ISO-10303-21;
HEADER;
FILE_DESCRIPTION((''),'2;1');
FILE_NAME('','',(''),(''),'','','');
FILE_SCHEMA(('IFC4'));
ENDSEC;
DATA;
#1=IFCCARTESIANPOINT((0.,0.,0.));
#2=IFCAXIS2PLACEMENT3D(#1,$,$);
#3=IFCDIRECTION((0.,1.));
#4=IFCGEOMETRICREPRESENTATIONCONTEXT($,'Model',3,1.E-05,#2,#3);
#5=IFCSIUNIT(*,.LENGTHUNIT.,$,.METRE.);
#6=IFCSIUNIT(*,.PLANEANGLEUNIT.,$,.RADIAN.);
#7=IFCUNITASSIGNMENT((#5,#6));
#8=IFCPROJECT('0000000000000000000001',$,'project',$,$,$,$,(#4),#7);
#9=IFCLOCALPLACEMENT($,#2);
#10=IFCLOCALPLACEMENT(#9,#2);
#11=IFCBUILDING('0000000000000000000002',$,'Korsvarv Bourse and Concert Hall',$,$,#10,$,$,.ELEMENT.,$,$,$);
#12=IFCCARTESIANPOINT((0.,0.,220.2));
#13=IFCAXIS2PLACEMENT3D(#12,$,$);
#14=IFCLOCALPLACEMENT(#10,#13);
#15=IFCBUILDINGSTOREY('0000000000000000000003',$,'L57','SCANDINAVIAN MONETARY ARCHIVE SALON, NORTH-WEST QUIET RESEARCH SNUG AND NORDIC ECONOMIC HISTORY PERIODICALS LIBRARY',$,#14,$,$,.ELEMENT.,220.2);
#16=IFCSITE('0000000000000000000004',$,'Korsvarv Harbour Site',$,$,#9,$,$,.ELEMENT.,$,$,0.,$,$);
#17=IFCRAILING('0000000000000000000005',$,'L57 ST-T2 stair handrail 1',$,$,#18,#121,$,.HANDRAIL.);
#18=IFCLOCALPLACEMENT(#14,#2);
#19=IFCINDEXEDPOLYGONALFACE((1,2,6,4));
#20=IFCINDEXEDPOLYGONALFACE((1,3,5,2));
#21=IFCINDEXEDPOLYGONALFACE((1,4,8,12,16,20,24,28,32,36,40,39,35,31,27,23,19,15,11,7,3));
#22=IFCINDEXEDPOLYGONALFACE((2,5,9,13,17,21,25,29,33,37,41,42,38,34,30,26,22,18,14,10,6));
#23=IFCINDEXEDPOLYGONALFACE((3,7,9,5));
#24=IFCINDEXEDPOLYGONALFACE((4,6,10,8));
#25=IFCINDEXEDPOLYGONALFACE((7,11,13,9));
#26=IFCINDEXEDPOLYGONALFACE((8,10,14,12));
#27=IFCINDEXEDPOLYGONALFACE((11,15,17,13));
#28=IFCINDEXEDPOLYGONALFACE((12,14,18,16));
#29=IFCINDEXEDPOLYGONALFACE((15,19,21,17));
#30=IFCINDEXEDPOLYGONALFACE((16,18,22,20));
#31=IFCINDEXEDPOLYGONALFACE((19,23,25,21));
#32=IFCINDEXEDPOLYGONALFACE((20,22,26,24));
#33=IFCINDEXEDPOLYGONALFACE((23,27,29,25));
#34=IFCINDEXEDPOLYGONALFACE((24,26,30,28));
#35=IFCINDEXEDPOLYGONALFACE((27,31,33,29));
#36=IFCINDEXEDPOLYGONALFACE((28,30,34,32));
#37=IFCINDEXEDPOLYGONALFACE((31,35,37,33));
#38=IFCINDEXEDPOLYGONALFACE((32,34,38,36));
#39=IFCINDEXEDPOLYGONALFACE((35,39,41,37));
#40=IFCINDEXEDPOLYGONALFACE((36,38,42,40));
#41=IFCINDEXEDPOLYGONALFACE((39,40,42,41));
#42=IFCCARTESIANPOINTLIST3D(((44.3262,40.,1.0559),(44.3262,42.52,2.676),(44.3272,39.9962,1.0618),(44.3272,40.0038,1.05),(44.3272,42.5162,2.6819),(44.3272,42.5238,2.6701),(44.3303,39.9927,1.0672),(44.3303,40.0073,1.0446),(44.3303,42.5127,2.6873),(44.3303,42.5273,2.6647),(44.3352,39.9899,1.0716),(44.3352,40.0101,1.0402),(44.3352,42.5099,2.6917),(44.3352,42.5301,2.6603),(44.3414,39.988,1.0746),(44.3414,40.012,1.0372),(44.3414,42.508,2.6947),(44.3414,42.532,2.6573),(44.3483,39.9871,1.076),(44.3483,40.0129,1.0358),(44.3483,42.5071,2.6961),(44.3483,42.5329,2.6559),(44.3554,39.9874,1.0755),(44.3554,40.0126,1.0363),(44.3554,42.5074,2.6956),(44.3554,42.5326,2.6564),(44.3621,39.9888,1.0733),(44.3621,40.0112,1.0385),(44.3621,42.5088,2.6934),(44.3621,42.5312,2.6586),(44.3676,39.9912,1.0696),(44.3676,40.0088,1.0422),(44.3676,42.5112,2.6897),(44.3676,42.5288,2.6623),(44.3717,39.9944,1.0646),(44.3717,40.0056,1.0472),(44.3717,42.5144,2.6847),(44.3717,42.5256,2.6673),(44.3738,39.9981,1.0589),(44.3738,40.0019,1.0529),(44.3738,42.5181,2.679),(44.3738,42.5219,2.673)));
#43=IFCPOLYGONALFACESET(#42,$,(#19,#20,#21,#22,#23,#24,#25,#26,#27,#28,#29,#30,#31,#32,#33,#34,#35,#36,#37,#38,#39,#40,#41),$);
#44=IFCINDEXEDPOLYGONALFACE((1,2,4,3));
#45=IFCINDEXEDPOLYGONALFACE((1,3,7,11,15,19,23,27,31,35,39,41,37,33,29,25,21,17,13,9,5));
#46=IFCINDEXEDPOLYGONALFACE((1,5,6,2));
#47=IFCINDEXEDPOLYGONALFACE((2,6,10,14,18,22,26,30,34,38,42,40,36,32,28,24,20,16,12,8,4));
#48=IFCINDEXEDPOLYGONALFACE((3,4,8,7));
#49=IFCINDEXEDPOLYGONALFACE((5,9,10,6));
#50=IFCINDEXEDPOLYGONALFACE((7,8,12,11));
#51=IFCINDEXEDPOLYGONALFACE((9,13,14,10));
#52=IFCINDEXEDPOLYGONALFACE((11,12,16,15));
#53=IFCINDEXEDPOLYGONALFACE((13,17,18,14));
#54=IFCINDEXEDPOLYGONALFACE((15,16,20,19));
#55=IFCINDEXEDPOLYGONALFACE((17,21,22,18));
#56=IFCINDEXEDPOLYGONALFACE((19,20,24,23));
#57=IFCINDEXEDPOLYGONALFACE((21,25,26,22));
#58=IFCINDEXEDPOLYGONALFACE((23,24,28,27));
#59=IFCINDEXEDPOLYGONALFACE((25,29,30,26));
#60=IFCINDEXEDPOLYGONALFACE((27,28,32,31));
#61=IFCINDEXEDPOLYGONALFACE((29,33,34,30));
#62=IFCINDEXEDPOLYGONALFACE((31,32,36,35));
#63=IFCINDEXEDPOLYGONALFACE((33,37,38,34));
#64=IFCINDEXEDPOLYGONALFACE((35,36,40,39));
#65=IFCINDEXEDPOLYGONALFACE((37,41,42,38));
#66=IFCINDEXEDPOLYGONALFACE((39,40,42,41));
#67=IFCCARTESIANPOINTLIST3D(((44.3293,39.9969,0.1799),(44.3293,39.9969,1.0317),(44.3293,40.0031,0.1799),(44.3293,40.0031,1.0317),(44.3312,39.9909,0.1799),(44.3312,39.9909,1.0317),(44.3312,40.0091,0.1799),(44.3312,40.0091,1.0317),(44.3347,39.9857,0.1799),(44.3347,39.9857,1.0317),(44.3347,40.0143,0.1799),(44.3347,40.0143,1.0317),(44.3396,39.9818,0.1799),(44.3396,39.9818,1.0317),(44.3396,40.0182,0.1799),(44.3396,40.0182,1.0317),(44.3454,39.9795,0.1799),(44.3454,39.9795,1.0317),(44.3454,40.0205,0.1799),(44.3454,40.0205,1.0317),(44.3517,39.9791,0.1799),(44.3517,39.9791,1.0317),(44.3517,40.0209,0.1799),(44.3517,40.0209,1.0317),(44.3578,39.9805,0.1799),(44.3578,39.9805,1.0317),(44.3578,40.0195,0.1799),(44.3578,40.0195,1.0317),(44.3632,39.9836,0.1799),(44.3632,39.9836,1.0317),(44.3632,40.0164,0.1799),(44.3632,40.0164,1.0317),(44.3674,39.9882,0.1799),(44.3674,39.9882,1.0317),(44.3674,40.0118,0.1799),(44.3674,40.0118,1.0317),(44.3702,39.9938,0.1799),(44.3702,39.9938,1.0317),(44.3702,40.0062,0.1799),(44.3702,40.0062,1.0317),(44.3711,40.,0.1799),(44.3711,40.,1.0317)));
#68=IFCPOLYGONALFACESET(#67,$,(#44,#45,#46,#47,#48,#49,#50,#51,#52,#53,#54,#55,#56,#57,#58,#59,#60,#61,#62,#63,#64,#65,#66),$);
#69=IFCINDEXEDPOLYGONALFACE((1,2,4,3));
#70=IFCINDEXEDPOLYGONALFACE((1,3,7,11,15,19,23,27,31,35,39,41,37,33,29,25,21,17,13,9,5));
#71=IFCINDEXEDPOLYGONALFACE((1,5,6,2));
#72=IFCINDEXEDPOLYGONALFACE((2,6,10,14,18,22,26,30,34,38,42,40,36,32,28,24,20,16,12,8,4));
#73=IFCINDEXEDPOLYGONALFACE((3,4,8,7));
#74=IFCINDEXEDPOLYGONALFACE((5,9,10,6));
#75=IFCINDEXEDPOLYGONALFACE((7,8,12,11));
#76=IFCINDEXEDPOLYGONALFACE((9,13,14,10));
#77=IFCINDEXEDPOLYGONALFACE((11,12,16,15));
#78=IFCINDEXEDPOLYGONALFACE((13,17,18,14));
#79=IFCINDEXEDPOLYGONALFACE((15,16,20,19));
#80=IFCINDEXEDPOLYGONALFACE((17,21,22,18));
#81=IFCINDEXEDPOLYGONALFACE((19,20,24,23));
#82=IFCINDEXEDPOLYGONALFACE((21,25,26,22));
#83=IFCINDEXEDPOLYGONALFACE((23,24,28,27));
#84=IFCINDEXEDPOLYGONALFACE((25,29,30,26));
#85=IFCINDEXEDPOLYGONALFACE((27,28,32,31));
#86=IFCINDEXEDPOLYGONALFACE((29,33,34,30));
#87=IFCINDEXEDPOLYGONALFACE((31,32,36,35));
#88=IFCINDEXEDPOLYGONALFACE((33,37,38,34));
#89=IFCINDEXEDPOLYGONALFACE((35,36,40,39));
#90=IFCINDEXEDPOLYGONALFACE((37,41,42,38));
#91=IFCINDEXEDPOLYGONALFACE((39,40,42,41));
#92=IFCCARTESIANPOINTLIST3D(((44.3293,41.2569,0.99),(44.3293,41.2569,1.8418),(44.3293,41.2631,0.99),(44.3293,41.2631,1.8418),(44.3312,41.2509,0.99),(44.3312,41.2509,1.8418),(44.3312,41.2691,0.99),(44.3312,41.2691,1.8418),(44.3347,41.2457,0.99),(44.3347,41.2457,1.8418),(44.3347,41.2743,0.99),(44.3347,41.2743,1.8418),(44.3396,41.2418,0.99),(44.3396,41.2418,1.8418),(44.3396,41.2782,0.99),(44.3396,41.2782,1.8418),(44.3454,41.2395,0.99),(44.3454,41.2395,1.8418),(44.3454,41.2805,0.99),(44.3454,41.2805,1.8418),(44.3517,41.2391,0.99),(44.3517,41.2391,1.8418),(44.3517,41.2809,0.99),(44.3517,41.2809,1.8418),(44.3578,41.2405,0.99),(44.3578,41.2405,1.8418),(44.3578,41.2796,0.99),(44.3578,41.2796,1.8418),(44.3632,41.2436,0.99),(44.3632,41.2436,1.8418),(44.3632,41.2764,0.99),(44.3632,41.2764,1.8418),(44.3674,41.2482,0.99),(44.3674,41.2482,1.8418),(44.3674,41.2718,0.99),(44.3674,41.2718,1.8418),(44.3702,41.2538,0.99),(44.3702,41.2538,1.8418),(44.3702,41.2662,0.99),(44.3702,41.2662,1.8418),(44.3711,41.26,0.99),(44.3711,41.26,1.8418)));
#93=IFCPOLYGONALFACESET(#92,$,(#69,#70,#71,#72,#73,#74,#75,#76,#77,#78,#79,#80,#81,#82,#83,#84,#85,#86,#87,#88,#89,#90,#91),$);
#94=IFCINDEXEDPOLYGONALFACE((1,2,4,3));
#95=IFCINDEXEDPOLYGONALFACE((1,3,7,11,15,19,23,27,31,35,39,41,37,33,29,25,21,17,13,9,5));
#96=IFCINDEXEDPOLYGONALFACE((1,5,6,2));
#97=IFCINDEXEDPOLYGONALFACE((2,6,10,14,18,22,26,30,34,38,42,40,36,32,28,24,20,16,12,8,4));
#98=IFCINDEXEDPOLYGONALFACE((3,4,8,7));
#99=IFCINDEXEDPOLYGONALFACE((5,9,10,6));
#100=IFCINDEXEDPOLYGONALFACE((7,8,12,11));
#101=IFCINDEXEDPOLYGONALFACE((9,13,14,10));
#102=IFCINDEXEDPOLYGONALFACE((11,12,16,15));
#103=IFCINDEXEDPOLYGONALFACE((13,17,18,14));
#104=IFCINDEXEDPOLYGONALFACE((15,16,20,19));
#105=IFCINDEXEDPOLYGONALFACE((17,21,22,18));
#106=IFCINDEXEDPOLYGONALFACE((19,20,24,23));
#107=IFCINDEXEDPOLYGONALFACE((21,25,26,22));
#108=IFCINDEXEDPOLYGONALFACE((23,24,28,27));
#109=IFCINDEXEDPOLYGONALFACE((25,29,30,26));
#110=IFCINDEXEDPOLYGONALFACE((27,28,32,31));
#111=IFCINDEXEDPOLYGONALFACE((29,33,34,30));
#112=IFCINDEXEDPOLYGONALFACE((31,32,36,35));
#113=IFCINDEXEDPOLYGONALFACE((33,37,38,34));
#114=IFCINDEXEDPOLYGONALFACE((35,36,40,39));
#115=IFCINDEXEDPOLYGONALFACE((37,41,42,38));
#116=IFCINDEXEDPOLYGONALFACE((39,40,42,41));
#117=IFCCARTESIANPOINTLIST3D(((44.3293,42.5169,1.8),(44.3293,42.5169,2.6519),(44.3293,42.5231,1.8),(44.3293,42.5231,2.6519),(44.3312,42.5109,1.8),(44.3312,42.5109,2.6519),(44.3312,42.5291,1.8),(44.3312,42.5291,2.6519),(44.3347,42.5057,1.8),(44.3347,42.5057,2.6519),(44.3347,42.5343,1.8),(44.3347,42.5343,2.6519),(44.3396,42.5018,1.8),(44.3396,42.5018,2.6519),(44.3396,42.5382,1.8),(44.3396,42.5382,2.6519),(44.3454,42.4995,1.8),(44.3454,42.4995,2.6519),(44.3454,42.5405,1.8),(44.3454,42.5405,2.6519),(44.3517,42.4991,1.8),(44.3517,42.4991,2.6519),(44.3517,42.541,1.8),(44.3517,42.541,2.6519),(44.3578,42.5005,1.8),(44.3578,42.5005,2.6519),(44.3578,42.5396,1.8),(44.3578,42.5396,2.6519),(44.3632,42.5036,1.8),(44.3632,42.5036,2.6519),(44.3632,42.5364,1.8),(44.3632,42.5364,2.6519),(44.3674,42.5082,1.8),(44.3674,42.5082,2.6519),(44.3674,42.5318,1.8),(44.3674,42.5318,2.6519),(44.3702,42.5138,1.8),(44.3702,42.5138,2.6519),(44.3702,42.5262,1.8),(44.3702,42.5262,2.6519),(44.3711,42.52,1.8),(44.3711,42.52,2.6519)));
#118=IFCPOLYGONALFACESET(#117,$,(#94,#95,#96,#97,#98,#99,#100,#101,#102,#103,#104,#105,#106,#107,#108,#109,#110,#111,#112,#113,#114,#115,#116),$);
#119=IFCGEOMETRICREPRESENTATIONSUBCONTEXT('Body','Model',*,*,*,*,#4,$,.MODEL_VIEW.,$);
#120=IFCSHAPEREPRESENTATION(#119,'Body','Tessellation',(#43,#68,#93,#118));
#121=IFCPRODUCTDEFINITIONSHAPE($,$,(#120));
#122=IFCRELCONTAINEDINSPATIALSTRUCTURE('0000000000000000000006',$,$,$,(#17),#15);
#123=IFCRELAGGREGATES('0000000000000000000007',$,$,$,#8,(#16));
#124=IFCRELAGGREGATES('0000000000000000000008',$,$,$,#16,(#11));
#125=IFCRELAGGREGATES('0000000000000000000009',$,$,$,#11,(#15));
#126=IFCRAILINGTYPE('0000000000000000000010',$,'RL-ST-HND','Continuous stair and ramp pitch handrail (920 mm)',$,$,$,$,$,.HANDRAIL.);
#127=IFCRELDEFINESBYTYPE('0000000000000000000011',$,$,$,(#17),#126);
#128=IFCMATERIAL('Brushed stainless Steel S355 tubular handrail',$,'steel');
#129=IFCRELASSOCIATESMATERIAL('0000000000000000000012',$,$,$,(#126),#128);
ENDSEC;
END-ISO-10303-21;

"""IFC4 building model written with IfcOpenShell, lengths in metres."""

from ifc_helpers import new_model, si_unit, direction, frame, origin, origin_2d, place, context, subcontext, project, spatial, circle, extrude, material, type_object, element, save


model = new_model("IFC4")

# Units and contexts
model_context = context("Model", 3, precision=1e-05, world=origin(), true_north=direction((0.0, 1.0)))
body_context = subcontext(model_context, "Body", "Model", "MODEL_VIEW")
ifc_project = project(units=[si_unit("LENGTHUNIT", "METRE"), si_unit("PLANEANGLEUNIT", "RADIAN")], contexts=[model_context])

# Site, building, storey
site_placement = place(None, origin())
site = spatial("IfcSite", under=ifc_project, at=site_placement, Name="Korsvarv Harbour Site", CompositionType="ELEMENT", RefElevation=0.0)
building_placement = place(site_placement, origin())
building = spatial("IfcBuilding", under=site, at=building_placement, Name="Korsvarv Bourse and Concert Hall", CompositionType="ELEMENT")
storey_placement = place(building_placement, frame((0.0, 0.0, 220.2)))
storey = spatial("IfcBuildingStorey", under=building, at=storey_placement, Name="L57", Description="SCANDINAVIAN MONETARY ARCHIVE SALON, NORTH-WEST QUIET RESEARCH SNUG AND NORDIC ECONOMIC HISTORY PERIODICALS LIBRARY", CompositionType="ELEMENT", Elevation=220.2)

# Railing
ifc_material_1 = material(Name="Brushed stainless Steel S355 tubular handrail", Category="steel")
railing_type_1 = type_object("IfcRailingType", Name="RL-ST-HND", Description="Continuous stair and ramp pitch handrail (920 mm)", PredefinedType="HANDRAIL", material=ifc_material_1)
railing_1_placement = place(storey_placement, frame((44.3501, 40.0, 0.1799)))
element("IfcRailing", 1, at=railing_1_placement, inside=storey, type_object=railing_type_1, Name="L57 ST-T2 stair handrail 1", PredefinedType="HANDRAIL", context=body_context, shape_type="SweptSolid", body=[
    extrude(circle(Radius=0.0239, at=origin_2d()), frame((0.0, 0.0, 0.876), z_axis=(0.0, 0.841163, 0.540782), x_axis=(-1.0, 0.0, 0.0)), (0.0, 0.0, 1.0), 2.9958),
    extrude(circle(Radius=0.021, at=origin_2d()), origin(), (0.0, 0.0, 1.0), 0.8518),
    extrude(circle(Radius=0.021, at=origin_2d()), frame((0.0, 1.26, 0.8101)), (0.0, 0.0, 1.0), 0.8518),
    extrude(circle(Radius=0.021, at=origin_2d()), frame((0.0, 2.52, 1.6201)), (0.0, 0.0, 1.0), 0.8518),
])

save(model, "model.ifc")
